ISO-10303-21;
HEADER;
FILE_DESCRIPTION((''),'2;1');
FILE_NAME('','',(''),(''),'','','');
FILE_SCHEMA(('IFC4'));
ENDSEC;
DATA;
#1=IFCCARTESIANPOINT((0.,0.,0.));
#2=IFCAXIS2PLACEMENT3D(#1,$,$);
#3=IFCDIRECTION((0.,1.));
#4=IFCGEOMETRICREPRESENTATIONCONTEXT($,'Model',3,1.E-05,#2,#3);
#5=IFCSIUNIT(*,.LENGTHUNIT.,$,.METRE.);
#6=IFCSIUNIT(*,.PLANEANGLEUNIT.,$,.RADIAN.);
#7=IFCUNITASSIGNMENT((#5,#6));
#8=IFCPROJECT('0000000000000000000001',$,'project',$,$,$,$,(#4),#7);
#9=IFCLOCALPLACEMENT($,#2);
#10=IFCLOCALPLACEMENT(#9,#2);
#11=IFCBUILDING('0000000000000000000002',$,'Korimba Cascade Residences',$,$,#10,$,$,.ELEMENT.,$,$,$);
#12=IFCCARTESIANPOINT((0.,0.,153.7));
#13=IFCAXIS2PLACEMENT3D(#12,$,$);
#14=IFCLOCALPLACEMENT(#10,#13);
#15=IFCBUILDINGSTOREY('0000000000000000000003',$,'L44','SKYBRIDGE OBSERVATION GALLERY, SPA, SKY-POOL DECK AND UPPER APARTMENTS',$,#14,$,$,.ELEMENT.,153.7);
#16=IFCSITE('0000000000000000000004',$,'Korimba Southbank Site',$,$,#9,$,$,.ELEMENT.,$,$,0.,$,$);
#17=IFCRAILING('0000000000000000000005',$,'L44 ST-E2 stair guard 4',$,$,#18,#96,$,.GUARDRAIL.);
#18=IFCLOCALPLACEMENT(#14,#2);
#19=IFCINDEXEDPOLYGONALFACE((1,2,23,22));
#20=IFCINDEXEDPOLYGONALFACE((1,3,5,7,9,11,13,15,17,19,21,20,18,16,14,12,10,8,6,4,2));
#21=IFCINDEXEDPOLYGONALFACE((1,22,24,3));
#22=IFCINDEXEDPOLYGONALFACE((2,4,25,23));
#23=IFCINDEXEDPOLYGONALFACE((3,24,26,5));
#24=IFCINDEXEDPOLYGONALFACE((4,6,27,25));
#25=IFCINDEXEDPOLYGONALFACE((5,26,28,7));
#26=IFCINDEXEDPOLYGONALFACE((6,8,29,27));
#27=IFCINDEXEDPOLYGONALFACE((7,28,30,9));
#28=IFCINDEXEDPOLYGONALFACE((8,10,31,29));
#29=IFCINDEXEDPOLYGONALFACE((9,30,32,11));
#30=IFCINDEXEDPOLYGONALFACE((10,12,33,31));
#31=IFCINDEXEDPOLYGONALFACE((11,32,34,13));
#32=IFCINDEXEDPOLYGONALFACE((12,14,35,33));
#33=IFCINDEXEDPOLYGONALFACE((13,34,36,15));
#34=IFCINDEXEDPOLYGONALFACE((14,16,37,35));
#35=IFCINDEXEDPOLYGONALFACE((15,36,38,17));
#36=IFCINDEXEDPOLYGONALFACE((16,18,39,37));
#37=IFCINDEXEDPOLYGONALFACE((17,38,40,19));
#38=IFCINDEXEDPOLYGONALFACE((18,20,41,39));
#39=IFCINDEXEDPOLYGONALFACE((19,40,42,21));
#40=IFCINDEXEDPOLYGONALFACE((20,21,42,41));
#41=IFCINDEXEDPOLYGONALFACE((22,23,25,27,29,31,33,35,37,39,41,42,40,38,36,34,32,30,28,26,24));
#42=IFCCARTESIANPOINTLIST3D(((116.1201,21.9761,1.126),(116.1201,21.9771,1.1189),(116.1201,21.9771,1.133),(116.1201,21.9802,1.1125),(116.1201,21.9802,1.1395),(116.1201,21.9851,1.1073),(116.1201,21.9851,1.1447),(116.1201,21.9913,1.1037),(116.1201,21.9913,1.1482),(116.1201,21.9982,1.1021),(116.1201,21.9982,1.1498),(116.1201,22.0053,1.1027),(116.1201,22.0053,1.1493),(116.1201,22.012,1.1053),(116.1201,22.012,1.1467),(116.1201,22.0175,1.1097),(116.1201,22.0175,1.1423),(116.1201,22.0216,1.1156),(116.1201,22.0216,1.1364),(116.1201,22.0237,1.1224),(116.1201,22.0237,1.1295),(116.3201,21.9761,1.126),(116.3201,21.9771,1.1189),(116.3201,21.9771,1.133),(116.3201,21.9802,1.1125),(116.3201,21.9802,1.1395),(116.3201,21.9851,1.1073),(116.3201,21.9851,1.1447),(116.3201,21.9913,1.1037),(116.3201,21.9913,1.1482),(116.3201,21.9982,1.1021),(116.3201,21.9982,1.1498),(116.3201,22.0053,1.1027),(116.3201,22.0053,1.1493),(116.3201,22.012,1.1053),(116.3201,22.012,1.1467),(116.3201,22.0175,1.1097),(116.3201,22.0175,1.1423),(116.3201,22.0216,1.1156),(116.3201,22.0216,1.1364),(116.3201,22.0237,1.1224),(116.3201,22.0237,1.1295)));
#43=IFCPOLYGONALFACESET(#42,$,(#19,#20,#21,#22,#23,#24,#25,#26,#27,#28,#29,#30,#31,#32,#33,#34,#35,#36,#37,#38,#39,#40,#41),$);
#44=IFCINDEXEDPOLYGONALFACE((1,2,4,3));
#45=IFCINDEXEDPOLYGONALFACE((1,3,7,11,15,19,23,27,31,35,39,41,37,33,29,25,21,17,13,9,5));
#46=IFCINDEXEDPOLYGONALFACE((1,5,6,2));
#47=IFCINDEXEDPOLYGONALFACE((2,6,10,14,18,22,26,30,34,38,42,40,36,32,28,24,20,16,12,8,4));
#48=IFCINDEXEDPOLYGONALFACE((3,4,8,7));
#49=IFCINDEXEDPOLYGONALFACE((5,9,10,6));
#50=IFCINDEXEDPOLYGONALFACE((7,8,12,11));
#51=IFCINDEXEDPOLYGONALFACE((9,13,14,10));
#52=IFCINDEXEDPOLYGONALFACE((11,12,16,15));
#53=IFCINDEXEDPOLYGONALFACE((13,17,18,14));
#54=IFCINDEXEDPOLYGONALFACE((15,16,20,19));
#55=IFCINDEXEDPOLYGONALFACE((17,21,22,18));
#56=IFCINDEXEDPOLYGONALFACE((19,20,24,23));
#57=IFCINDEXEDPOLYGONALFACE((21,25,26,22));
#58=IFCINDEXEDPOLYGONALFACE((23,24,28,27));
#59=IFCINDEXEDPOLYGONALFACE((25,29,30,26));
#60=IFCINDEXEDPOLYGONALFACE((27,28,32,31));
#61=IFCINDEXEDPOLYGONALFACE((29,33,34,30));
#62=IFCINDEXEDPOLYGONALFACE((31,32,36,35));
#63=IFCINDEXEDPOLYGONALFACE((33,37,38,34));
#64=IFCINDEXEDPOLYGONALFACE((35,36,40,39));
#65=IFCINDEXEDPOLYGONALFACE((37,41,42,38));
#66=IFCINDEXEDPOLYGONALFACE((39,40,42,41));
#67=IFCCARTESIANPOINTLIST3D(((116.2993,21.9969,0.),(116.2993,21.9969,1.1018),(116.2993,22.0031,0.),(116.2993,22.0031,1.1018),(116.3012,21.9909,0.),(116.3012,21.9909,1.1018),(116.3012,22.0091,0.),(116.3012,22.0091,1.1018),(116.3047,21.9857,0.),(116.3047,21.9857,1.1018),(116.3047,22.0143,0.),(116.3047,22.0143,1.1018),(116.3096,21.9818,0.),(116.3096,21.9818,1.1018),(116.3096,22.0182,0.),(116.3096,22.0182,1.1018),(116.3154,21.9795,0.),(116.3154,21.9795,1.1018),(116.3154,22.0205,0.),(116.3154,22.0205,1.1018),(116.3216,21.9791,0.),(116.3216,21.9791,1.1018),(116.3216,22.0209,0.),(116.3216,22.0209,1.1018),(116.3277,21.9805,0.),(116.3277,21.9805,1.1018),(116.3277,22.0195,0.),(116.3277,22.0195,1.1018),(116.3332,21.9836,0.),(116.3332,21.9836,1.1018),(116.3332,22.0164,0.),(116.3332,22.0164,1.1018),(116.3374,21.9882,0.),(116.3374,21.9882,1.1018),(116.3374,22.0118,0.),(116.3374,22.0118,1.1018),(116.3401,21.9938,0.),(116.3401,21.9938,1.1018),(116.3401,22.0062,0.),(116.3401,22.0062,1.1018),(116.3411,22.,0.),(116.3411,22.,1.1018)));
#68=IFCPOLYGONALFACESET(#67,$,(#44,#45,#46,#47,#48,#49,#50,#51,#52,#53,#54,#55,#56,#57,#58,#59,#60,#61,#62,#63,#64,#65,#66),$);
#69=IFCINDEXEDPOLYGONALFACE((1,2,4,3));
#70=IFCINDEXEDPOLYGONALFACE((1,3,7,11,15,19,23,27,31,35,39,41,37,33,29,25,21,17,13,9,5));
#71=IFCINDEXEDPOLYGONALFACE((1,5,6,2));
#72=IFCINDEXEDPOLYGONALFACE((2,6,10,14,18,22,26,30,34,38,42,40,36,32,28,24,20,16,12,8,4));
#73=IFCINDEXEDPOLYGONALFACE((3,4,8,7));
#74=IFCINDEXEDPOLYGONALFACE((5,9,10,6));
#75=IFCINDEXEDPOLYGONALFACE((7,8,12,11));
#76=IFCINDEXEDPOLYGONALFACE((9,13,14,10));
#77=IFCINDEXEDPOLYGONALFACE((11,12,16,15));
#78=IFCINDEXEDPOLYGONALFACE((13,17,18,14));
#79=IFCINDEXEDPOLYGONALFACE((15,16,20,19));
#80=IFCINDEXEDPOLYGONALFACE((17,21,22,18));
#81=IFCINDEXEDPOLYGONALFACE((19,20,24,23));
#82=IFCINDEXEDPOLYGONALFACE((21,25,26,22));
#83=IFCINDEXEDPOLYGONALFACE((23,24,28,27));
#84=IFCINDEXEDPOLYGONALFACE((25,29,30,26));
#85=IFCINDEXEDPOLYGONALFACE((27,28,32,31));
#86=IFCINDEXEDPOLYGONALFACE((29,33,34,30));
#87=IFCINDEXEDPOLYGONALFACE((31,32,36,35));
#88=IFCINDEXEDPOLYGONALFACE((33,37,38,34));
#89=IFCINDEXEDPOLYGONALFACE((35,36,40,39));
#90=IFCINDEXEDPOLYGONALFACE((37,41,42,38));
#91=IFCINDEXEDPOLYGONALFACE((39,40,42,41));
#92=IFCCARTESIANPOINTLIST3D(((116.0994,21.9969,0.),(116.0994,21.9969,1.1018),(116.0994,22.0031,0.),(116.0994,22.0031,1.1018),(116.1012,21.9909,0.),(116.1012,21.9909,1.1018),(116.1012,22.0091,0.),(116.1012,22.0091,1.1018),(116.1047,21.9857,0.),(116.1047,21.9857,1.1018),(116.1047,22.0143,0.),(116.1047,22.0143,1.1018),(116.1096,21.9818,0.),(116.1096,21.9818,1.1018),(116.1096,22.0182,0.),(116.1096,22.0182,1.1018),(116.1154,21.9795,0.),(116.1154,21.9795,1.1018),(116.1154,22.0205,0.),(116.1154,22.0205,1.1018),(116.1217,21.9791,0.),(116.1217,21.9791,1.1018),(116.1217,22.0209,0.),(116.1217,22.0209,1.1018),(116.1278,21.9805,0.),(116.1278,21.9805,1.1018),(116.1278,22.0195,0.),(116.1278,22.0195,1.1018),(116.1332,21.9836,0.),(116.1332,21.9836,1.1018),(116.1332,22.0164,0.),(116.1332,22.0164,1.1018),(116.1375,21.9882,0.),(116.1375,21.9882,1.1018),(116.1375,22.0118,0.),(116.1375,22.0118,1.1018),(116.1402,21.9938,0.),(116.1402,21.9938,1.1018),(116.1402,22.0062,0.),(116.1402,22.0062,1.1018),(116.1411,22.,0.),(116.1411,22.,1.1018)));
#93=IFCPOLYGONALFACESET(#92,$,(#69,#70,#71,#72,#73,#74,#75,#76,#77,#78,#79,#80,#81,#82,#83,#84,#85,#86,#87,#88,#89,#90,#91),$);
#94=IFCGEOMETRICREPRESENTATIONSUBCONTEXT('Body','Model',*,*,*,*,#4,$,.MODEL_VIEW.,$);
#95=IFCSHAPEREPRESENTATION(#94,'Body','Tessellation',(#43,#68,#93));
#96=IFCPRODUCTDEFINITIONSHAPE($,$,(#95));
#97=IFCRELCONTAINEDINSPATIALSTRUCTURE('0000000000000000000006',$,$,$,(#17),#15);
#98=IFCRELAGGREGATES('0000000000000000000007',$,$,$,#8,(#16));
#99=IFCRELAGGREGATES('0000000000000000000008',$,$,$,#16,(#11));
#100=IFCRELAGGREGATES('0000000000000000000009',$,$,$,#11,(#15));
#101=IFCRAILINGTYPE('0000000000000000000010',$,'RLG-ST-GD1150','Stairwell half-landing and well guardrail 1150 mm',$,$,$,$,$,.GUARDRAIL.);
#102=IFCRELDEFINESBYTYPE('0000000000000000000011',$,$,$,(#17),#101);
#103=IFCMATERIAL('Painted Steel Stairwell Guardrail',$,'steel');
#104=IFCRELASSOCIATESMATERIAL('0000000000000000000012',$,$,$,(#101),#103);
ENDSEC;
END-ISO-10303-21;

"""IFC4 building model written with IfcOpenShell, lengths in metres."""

from ifc_helpers import new_model, si_unit, direction, frame, origin, origin_2d, place, context, subcontext, project, spatial, circle, extrude, material, type_object, element, save


model = new_model("IFC4")

# Units and contexts
model_context = context("Model", 3, precision=1e-05, world=origin(), true_north=direction((0.0, 1.0)))
body_context = subcontext(model_context, "Body", "Model", "MODEL_VIEW")
ifc_project = project(units=[si_unit("LENGTHUNIT", "METRE"), si_unit("PLANEANGLEUNIT", "RADIAN")], contexts=[model_context])

# Site, building, storey
site_placement = place(None, origin())
site = spatial("IfcSite", under=ifc_project, at=site_placement, Name="Korimba Southbank Site", CompositionType="ELEMENT", RefElevation=0.0)
building_placement = place(site_placement, origin())
building = spatial("IfcBuilding", under=site, at=building_placement, Name="Korimba Cascade Residences", CompositionType="ELEMENT")
storey_placement = place(building_placement, frame((0.0, 0.0, 153.7)))
storey = spatial("IfcBuildingStorey", under=building, at=storey_placement, Name="L44", Description="SKYBRIDGE OBSERVATION GALLERY, SPA, SKY-POOL DECK AND UPPER APARTMENTS", CompositionType="ELEMENT", Elevation=153.7)

# Railing
ifc_material_1 = material(Name="Painted Steel Stairwell Guardrail", Category="steel")
railing_type_1 = type_object("IfcRailingType", Name="RLG-ST-GD1150", Description="Stairwell half-landing and well guardrail 1150 mm", PredefinedType="GUARDRAIL", material=ifc_material_1)
railing_1_placement = place(storey_placement, frame((116.3201, 22.0, 0.0)))
element("IfcRailing", 1, at=railing_1_placement, inside=storey, type_object=railing_type_1, Name="L44 ST-E2 stair guard 4", PredefinedType="GUARDRAIL", context=body_context, shape_type="SweptSolid", body=[
    extrude(circle(Radius=0.0239, at=origin_2d()), frame((0.0, 0.0, 1.126), z_axis=(-1.0, 0.0, 0.0), x_axis=(0.0, -1.0, 0.0)), (0.0, 0.0, 1.0), 0.2),
    extrude(circle(Radius=0.021, at=origin_2d()), origin(), (0.0, 0.0, 1.0), 1.1018),
    extrude(circle(Radius=0.021, at=origin_2d()), frame((-0.2, 0.0, 0.0)), (0.0, 0.0, 1.0), 1.1018),
])

save(model, "model.ifc")
